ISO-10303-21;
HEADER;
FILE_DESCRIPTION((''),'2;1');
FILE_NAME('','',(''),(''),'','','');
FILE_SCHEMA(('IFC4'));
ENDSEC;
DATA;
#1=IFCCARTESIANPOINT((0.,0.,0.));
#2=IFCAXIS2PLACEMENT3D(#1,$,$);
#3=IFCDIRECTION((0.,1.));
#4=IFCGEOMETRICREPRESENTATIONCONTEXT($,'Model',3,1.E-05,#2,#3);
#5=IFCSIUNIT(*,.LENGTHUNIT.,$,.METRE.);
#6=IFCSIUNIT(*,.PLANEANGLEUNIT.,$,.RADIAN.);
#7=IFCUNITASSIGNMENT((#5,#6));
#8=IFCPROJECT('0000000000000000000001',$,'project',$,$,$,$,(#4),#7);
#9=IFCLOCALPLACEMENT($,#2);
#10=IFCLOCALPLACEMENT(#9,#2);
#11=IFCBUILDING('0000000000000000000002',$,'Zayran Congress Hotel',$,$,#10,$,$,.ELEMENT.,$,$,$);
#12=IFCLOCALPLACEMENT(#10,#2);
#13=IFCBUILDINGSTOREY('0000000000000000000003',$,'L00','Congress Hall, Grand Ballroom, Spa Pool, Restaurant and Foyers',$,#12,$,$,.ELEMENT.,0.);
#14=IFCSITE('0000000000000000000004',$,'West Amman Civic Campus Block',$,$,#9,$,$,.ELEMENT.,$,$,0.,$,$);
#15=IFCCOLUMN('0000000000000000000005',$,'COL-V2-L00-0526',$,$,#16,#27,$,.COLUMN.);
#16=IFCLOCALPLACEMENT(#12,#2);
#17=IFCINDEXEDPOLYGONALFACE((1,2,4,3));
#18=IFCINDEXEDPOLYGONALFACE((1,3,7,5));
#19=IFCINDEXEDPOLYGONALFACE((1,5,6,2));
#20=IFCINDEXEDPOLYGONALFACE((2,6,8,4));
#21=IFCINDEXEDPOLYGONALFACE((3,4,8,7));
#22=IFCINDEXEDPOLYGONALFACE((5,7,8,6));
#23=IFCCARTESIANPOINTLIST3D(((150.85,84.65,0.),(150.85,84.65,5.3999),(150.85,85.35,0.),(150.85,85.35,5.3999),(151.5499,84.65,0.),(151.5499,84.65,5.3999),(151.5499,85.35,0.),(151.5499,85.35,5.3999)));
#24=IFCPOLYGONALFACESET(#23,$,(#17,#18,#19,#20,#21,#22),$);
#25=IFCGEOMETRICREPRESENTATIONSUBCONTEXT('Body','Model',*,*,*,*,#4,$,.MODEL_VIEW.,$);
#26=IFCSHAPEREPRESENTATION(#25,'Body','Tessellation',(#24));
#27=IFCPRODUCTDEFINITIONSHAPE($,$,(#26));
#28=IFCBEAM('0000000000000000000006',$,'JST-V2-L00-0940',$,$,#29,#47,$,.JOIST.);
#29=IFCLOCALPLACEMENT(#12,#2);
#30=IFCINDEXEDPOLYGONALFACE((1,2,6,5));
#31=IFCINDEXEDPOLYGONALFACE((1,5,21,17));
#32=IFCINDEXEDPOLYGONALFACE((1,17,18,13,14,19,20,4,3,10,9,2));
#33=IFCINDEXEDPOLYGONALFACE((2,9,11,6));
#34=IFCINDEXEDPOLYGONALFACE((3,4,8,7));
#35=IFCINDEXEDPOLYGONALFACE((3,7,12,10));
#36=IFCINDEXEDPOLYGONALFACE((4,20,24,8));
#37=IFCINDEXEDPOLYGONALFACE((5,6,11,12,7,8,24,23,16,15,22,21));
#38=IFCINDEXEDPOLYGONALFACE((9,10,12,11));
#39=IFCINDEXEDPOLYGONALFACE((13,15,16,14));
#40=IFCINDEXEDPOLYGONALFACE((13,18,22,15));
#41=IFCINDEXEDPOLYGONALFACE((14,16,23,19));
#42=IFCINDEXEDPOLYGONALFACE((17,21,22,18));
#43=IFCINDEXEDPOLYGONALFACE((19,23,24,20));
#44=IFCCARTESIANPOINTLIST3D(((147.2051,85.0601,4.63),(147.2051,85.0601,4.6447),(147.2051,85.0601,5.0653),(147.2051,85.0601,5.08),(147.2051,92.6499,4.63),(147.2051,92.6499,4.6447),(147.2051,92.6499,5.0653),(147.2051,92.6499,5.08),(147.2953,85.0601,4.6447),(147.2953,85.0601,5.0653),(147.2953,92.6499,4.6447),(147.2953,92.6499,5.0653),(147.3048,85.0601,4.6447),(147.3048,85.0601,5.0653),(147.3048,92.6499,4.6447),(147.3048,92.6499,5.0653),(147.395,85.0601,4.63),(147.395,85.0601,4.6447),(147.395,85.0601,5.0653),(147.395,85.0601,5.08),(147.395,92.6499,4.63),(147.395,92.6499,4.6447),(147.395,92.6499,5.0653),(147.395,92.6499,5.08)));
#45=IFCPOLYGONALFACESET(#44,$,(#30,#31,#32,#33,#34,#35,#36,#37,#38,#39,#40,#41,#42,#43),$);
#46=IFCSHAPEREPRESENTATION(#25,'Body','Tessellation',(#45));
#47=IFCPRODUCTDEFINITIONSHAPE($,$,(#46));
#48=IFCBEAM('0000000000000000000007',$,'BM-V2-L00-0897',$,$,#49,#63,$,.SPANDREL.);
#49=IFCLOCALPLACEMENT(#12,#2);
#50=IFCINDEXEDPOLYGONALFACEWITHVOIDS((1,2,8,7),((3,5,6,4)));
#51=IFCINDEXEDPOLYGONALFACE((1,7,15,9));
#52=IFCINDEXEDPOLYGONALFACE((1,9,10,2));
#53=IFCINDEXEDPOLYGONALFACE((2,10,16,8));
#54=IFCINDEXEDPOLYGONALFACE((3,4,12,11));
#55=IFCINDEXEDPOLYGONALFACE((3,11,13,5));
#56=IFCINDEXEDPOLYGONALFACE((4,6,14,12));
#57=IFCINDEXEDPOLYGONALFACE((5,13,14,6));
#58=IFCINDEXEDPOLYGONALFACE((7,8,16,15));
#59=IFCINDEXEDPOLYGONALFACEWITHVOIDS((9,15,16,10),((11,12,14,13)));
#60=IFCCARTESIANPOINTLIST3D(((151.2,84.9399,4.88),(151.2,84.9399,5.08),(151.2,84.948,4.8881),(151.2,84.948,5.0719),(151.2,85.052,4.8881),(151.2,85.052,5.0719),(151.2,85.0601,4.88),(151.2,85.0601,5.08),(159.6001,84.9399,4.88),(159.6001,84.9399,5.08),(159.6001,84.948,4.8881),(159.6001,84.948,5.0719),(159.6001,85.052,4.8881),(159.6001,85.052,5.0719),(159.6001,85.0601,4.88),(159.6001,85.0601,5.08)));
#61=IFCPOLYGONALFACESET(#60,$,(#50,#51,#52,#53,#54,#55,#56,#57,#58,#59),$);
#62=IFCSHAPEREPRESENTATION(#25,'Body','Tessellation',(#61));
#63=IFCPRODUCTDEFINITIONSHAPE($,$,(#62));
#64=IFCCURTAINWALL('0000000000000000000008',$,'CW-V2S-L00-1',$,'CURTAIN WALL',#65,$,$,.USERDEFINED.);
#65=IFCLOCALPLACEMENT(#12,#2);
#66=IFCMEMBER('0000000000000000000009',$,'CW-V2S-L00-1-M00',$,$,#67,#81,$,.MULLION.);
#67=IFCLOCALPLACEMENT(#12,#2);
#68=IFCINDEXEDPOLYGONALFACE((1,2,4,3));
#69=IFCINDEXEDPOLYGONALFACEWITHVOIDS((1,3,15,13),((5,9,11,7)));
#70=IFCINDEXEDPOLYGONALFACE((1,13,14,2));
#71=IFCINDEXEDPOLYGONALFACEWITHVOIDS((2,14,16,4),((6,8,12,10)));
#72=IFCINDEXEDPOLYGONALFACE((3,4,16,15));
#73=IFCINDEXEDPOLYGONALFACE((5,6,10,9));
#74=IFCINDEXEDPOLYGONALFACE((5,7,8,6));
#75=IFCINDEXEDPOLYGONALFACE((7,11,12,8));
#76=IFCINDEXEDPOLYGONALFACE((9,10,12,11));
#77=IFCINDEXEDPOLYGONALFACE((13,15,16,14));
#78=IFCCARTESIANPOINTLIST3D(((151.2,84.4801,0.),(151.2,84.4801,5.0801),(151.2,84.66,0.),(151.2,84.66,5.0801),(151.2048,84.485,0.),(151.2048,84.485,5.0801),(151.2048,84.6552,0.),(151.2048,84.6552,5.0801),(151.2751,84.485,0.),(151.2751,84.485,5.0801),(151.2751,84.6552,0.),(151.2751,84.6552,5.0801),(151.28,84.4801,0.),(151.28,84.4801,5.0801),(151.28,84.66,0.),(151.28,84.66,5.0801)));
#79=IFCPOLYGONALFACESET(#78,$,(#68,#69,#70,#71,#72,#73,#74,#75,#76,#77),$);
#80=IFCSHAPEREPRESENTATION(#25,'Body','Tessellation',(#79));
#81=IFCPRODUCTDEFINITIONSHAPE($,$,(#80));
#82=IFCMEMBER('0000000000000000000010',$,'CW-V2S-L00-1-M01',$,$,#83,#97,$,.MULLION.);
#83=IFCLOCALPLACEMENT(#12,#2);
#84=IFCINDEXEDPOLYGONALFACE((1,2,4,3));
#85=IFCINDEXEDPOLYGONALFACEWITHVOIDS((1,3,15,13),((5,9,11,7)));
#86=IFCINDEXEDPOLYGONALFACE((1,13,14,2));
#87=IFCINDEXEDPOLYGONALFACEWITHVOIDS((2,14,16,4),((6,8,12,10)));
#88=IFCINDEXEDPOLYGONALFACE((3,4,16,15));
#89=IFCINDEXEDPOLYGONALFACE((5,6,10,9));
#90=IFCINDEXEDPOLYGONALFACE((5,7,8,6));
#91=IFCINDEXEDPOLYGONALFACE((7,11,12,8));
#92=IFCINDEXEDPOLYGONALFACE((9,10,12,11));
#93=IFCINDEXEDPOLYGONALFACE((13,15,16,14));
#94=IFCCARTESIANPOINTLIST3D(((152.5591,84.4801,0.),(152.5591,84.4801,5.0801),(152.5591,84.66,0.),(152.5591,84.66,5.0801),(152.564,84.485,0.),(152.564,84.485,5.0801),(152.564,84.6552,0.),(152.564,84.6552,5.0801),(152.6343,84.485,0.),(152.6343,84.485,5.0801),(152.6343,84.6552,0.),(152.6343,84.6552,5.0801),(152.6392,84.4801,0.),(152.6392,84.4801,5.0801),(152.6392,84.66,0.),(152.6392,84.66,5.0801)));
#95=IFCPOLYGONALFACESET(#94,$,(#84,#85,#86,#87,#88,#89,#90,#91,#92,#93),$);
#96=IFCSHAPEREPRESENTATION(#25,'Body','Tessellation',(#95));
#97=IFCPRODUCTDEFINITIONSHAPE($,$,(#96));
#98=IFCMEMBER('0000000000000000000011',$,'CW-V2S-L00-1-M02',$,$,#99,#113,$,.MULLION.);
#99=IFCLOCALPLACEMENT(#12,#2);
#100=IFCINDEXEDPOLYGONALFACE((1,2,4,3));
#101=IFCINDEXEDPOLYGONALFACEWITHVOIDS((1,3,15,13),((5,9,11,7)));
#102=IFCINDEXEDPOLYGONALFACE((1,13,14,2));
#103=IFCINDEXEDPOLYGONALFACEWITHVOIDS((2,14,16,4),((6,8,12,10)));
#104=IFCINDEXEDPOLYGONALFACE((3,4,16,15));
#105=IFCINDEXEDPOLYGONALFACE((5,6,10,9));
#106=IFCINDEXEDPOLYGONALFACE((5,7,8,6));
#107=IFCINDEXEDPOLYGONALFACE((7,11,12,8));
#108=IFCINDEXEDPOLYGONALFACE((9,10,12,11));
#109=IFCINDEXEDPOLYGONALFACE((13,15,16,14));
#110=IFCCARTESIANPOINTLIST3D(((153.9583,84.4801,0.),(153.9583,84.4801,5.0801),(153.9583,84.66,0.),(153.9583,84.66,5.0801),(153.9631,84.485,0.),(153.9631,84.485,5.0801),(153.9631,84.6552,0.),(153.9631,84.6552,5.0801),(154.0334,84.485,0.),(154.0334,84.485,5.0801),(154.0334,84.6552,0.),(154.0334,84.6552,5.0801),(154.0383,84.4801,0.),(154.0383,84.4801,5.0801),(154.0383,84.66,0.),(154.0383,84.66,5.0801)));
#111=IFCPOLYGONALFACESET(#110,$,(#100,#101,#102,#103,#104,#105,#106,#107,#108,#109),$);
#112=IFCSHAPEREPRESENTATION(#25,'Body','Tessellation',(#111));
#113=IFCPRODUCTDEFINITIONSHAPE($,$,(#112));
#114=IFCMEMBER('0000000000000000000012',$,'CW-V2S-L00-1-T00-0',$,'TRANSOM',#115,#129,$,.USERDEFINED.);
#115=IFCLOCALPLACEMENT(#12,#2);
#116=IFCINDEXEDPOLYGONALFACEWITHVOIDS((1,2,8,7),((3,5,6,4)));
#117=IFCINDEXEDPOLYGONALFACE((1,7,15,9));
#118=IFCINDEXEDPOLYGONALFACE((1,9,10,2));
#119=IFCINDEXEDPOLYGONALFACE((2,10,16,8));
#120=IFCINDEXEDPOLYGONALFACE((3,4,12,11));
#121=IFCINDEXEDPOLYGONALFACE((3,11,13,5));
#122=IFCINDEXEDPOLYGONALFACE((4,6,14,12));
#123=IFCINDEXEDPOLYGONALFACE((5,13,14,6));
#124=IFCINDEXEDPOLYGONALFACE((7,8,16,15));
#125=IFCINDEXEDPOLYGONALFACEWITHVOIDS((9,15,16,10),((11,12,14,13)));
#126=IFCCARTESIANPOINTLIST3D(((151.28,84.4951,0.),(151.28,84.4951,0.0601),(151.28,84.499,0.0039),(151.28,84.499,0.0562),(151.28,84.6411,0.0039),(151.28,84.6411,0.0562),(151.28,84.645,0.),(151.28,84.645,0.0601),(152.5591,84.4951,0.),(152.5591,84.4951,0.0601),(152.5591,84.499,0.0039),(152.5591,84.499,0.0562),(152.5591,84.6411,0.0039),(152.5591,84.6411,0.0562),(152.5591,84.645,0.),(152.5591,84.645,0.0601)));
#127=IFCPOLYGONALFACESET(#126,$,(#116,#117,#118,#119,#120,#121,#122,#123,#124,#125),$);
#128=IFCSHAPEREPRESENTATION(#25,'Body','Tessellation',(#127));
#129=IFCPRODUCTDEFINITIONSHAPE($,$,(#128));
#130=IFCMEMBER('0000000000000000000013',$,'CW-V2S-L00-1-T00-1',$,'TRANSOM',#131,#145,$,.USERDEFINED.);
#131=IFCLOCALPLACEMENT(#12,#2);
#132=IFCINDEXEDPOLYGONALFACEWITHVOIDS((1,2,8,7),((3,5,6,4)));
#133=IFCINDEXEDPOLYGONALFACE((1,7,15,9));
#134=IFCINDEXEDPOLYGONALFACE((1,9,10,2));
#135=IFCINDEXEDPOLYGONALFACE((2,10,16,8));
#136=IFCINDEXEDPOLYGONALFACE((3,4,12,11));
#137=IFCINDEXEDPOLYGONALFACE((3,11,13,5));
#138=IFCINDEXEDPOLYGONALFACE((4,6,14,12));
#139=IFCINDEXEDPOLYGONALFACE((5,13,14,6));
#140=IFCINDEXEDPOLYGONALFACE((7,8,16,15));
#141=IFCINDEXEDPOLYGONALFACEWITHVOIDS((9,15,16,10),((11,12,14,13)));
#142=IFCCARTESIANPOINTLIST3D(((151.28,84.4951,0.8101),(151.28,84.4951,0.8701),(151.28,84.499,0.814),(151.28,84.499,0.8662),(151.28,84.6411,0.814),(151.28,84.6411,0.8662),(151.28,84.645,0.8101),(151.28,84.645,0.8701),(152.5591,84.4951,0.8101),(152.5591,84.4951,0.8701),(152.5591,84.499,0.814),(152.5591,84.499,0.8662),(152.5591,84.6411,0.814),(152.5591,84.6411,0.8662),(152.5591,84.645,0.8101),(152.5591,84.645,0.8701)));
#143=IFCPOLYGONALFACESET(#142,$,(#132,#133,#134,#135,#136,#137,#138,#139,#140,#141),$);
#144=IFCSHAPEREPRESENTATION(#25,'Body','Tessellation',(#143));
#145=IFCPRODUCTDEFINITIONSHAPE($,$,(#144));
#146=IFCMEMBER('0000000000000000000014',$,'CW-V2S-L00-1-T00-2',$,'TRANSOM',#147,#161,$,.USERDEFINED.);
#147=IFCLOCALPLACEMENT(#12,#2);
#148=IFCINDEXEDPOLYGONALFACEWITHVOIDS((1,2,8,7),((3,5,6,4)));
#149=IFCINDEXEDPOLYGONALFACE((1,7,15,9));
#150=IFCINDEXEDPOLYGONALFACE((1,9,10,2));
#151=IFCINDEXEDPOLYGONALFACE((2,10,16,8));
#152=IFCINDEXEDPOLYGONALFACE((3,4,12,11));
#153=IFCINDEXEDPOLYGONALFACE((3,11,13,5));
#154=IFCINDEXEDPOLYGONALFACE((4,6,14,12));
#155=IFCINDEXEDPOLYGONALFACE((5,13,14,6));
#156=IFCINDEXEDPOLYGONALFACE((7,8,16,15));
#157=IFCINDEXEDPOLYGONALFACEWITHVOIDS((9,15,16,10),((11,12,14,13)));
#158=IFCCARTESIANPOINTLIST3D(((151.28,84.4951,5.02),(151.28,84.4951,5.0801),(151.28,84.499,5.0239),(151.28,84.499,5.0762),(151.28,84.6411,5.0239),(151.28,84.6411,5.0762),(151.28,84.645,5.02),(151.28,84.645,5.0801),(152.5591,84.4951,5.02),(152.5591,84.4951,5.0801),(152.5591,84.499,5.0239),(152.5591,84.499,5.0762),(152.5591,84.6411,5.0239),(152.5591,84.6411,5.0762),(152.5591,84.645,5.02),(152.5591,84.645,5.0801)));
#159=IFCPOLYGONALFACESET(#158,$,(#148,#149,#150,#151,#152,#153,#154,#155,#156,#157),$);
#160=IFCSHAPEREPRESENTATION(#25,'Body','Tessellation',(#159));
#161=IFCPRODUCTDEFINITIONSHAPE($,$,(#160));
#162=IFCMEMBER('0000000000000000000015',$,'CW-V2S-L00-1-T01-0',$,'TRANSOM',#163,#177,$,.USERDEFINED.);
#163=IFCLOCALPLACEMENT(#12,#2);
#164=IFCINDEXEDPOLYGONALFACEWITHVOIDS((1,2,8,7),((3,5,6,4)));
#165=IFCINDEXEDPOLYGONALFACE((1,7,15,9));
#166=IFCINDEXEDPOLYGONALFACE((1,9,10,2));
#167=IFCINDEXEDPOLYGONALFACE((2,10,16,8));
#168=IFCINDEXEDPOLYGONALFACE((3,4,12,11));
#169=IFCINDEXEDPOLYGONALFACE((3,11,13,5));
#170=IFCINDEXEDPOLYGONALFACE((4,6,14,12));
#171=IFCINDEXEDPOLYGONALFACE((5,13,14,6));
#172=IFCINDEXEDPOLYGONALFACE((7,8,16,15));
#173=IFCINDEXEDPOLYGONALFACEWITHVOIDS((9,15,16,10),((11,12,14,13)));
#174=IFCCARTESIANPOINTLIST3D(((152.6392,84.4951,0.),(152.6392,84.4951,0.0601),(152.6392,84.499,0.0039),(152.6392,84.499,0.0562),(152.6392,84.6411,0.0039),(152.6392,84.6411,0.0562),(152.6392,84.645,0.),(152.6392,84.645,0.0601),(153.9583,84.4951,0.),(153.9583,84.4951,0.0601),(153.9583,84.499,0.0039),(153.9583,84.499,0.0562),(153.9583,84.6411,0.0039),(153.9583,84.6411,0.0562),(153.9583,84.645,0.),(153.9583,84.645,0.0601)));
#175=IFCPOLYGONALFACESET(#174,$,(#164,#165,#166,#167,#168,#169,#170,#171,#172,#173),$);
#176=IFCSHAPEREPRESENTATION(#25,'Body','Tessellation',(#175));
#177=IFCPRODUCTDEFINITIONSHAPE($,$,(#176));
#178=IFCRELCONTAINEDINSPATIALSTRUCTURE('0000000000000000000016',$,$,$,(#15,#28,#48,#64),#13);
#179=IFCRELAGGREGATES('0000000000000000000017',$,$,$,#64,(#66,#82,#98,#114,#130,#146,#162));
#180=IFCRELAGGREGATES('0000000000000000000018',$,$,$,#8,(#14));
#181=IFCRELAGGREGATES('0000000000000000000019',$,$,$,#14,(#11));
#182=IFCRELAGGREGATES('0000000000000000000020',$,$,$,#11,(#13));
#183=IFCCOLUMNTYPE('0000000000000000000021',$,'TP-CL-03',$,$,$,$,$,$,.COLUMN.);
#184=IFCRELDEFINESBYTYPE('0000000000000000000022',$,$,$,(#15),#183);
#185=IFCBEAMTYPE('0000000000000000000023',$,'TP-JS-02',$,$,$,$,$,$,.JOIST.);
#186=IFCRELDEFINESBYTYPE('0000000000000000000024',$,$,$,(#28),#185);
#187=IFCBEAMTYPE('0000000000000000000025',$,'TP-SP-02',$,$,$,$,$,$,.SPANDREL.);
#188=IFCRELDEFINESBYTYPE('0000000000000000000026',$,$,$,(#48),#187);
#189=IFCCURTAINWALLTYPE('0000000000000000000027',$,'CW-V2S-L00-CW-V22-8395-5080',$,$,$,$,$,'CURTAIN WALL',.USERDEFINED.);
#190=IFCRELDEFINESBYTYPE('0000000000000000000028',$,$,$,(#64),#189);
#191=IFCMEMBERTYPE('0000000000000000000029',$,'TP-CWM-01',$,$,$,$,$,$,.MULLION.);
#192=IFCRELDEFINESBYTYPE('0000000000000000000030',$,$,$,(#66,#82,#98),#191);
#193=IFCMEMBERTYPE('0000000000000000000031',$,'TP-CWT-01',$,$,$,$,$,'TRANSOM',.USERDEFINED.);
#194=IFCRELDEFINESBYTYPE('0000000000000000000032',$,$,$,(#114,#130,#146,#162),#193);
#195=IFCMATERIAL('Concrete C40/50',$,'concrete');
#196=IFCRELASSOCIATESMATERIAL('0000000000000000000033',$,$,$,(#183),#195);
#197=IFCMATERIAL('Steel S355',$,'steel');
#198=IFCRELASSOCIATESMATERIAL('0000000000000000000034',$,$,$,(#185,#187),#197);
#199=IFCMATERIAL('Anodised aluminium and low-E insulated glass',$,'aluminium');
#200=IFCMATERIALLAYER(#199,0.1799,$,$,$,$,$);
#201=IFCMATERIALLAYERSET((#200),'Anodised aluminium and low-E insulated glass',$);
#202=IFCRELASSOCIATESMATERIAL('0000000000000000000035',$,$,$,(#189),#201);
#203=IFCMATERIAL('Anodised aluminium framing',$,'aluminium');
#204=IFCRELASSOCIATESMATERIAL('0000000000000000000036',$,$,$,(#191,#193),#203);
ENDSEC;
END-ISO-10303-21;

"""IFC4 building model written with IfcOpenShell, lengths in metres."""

from ifc_helpers import new_model, si_unit, direction, frame, origin, origin_2d, place, context, subcontext, project, spatial, rectangle, hollow_rectangle, i_section, extrude, material, layer, layer_set, material_profile, profile_set, type_object, element, aggregate, save


model = new_model("IFC4")

# Units and contexts
model_context = context("Model", 3, precision=1e-05, world=origin(), true_north=direction((0.0, 1.0)))
body_context = subcontext(model_context, "Body", "Model", "MODEL_VIEW")
ifc_project = project(units=[si_unit("LENGTHUNIT", "METRE"), si_unit("PLANEANGLEUNIT", "RADIAN")], contexts=[model_context])

# Site, building, storey
site_placement = place(None, origin())
site = spatial("IfcSite", under=ifc_project, at=site_placement, Name="West Amman Civic Campus Block", CompositionType="ELEMENT", RefElevation=0.0)
building_placement = place(site_placement, origin())
building = spatial("IfcBuilding", under=site, at=building_placement, Name="Zayran Congress Hotel", CompositionType="ELEMENT")
storey_placement = place(building_placement, origin())
storey = spatial("IfcBuildingStorey", under=building, at=storey_placement, Name="L00", Description="Congress Hall, Grand Ballroom, Spa Pool, Restaurant and Foyers", CompositionType="ELEMENT", Elevation=0.0)

# Column
ifc_material_1 = material(Name="Concrete C40/50", Category="concrete")
ifc_material_profile_1 = material_profile(ifc_material_1, rectangle(XDim=0.7, YDim=0.7, at=origin_2d()), Name="RC 700x700")
ifc_profile_set_1 = profile_set([ifc_material_profile_1], Name="Concrete C40/50")
column_type = type_object("IfcColumnType", Name="TP-CL-03", PredefinedType="COLUMN", material=ifc_profile_set_1)
column_placement = place(storey_placement, frame((151.2, 85.0, 0.0), z_axis=(0.0, 0.0, 1.0), x_axis=(1.0, 0.0, 0.0)))
element("IfcColumn", 1, at=column_placement, inside=storey, type_object=column_type, Name="COL-V2-L00-0526", PredefinedType="COLUMN", context=body_context, shape_type="SweptSolid", body=[
    extrude(rectangle(XDim=0.7, YDim=0.7, at=origin_2d()), origin(), (0.0, 0.0, 1.0), 5.3999),
])

# Beams
ifc_material_2 = material(Name="Steel S355", Category="steel")
ifc_material_profile_2 = material_profile(ifc_material_2, i_section(OverallWidth=0.1899, OverallDepth=0.45, WebThickness=0.0095, FlangeThickness=0.0146, at=origin_2d()), Name="IPE 450")
ifc_profile_set_2 = profile_set([ifc_material_profile_2], Name="Steel S355")
beam_type_1 = type_object("IfcBeamType", Name="TP-JS-02", PredefinedType="JOIST", material=ifc_profile_set_2)
beam_1_placement = place(storey_placement, frame((147.3, 85.0601, 4.855), z_axis=(0.0, 1.0, 0.0), x_axis=(-1.0, 0.0, 0.0)))
element("IfcBeam", 2, at=beam_1_placement, inside=storey, type_object=beam_type_1, Name="JST-V2-L00-0940", PredefinedType="JOIST", context=body_context, shape_type="SweptSolid", body=[
    extrude(i_section(OverallWidth=0.1899, OverallDepth=0.45, WebThickness=0.0095, FlangeThickness=0.0146, at=origin_2d()), origin(), (0.0, 0.0, 1.0), 7.5898),
])
ifc_material_profile_3 = material_profile(ifc_material_2, hollow_rectangle(XDim=0.1201, YDim=0.2, WallThickness=0.0081, at=origin_2d()), Name="RHS 200x120x8")
ifc_profile_set_3 = profile_set([ifc_material_profile_3], Name="Steel S355")
beam_type_2 = type_object("IfcBeamType", Name="TP-SP-02", PredefinedType="SPANDREL", material=ifc_profile_set_3)
beam_2_placement = place(storey_placement, frame((151.2, 85.0, 4.98), z_axis=(1.0, 0.0, 0.0), x_axis=(0.0, 1.0, 0.0)))
element("IfcBeam", 3, at=beam_2_placement, inside=storey, type_object=beam_type_2, Name="BM-V2-L00-0897", PredefinedType="SPANDREL", context=body_context, shape_type="SweptSolid", body=[
    extrude(hollow_rectangle(XDim=0.1201, YDim=0.2, WallThickness=0.0081, at=origin_2d()), origin(), (0.0, 0.0, 1.0), 8.4001),
])

# Curtain wall, members
ifc_material_3 = material(Name="Anodised aluminium and low-E insulated glass", Category="aluminium")
ifc_layer_1 = layer(ifc_material_3, 0.1799)
ifc_layer_set_1 = layer_set([ifc_layer_1], Name="Anodised aluminium and low-E insulated glass")
curtain_wall_type = type_object("IfcCurtainWallType", Name="CW-V2S-L00-CW-V22-8395-5080", ElementType="CURTAIN WALL", PredefinedType="USERDEFINED", material=ifc_layer_set_1)
curtain_wall_placement = place(storey_placement, origin())
curtain_wall = element("IfcCurtainWall", 4, at=curtain_wall_placement, inside=storey, type_object=curtain_wall_type, Name="CW-V2S-L00-1", ObjectType="CURTAIN WALL", PredefinedType="USERDEFINED")
ifc_material_4 = material(Name="Anodised aluminium framing", Category="aluminium")
ifc_material_profile_4 = material_profile(ifc_material_4, hollow_rectangle(XDim=0.0801, YDim=0.1799, WallThickness=0.0049, at=origin_2d()), Name="RHS 180x80x5")
ifc_profile_set_4 = profile_set([ifc_material_profile_4], Name="Anodised aluminium framing")
member_type_1 = type_object("IfcMemberType", Name="TP-CWM-01", PredefinedType="MULLION", material=ifc_profile_set_4)
member_1_placement = place(storey_placement, frame((151.24, 84.5701, 0.0), z_axis=(0.0, 0.0, 1.0), x_axis=(1.0, 0.0, 0.0)))
member_1 = element("IfcMember", 5, at=member_1_placement, type_object=member_type_1, Name="CW-V2S-L00-1-M00", PredefinedType="MULLION", context=body_context, shape_type="SweptSolid", body=[
    extrude(hollow_rectangle(XDim=0.0801, YDim=0.1799, WallThickness=0.0049, at=origin_2d()), origin(), (0.0, 0.0, 1.0), 5.0801),
])
member_2_placement = place(storey_placement, frame((152.5991, 84.5701, 0.0), z_axis=(0.0, 0.0, 1.0), x_axis=(1.0, 0.0, 0.0)))
member_2 = element("IfcMember", 6, at=member_2_placement, type_object=member_type_1, Name="CW-V2S-L00-1-M01", PredefinedType="MULLION", context=body_context, shape_type="SweptSolid", body=[
    extrude(hollow_rectangle(XDim=0.0801, YDim=0.1799, WallThickness=0.0049, at=origin_2d()), origin(), (0.0, 0.0, 1.0), 5.0801),
])
member_3_placement = place(storey_placement, frame((153.9983, 84.5701, 0.0), z_axis=(0.0, 0.0, 1.0), x_axis=(1.0, 0.0, 0.0)))
member_3 = element("IfcMember", 7, at=member_3_placement, type_object=member_type_1, Name="CW-V2S-L00-1-M02", PredefinedType="MULLION", context=body_context, shape_type="SweptSolid", body=[
    extrude(hollow_rectangle(XDim=0.0801, YDim=0.1799, WallThickness=0.0049, at=origin_2d()), origin(), (0.0, 0.0, 1.0), 5.0801),
])
ifc_material_profile_5 = material_profile(ifc_material_4, hollow_rectangle(XDim=0.0601, YDim=0.1499, WallThickness=0.0039, at=origin_2d()), Name="RHS 150x60x4")
ifc_profile_set_5 = profile_set([ifc_material_profile_5], Name="Anodised aluminium framing")
member_type_2 = type_object("IfcMemberType", Name="TP-CWT-01", ElementType="TRANSOM", PredefinedType="USERDEFINED", material=ifc_profile_set_5)
member_4_placement = place(storey_placement, frame((151.28, 84.5701, 0.03), z_axis=(1.0, 0.0, 0.0), x_axis=(0.0, 0.0, 1.0)))
member_4 = element("IfcMember", 8, at=member_4_placement, type_object=member_type_2, Name="CW-V2S-L00-1-T00-0", ObjectType="TRANSOM", PredefinedType="USERDEFINED", context=body_context, shape_type="SweptSolid", body=[
    extrude(hollow_rectangle(XDim=0.0601, YDim=0.1499, WallThickness=0.0039, at=origin_2d()), origin(), (0.0, 0.0, 1.0), 1.2791),
])
member_5_placement = place(storey_placement, frame((151.28, 84.5701, 0.8401), z_axis=(1.0, 0.0, 0.0), x_axis=(0.0, 0.0, 1.0)))
member_5 = element("IfcMember", 9, at=member_5_placement, type_object=member_type_2, Name="CW-V2S-L00-1-T00-1", ObjectType="TRANSOM", PredefinedType="USERDEFINED", context=body_context, shape_type="SweptSolid", body=[
    extrude(hollow_rectangle(XDim=0.0601, YDim=0.1499, WallThickness=0.0039, at=origin_2d()), origin(), (0.0, 0.0, 1.0), 1.2791),
])
member_6_placement = place(storey_placement, frame((151.28, 84.5701, 5.05), z_axis=(1.0, 0.0, 0.0), x_axis=(0.0, 0.0, 1.0)))
member_6 = element("IfcMember", 10, at=member_6_placement, type_object=member_type_2, Name="CW-V2S-L00-1-T00-2", ObjectType="TRANSOM", PredefinedType="USERDEFINED", context=body_context, shape_type="SweptSolid", body=[
    extrude(hollow_rectangle(XDim=0.0601, YDim=0.1499, WallThickness=0.0039, at=origin_2d()), origin(), (0.0, 0.0, 1.0), 1.2791),
])
member_7_placement = place(storey_placement, frame((152.6392, 84.5701, 0.03), z_axis=(1.0, 0.0, 0.0), x_axis=(0.0, 0.0, 1.0)))
member_7 = element("IfcMember", 11, at=member_7_placement, type_object=member_type_2, Name="CW-V2S-L00-1-T01-0", ObjectType="TRANSOM", PredefinedType="USERDEFINED", context=body_context, shape_type="SweptSolid", body=[
    extrude(hollow_rectangle(XDim=0.0601, YDim=0.1499, WallThickness=0.0039, at=origin_2d()), origin(), (0.0, 0.0, 1.0), 1.3191),
])
aggregate(curtain_wall, [member_1, member_2, member_3, member_4, member_5, member_6, member_7])

save(model, "model.ifc")
